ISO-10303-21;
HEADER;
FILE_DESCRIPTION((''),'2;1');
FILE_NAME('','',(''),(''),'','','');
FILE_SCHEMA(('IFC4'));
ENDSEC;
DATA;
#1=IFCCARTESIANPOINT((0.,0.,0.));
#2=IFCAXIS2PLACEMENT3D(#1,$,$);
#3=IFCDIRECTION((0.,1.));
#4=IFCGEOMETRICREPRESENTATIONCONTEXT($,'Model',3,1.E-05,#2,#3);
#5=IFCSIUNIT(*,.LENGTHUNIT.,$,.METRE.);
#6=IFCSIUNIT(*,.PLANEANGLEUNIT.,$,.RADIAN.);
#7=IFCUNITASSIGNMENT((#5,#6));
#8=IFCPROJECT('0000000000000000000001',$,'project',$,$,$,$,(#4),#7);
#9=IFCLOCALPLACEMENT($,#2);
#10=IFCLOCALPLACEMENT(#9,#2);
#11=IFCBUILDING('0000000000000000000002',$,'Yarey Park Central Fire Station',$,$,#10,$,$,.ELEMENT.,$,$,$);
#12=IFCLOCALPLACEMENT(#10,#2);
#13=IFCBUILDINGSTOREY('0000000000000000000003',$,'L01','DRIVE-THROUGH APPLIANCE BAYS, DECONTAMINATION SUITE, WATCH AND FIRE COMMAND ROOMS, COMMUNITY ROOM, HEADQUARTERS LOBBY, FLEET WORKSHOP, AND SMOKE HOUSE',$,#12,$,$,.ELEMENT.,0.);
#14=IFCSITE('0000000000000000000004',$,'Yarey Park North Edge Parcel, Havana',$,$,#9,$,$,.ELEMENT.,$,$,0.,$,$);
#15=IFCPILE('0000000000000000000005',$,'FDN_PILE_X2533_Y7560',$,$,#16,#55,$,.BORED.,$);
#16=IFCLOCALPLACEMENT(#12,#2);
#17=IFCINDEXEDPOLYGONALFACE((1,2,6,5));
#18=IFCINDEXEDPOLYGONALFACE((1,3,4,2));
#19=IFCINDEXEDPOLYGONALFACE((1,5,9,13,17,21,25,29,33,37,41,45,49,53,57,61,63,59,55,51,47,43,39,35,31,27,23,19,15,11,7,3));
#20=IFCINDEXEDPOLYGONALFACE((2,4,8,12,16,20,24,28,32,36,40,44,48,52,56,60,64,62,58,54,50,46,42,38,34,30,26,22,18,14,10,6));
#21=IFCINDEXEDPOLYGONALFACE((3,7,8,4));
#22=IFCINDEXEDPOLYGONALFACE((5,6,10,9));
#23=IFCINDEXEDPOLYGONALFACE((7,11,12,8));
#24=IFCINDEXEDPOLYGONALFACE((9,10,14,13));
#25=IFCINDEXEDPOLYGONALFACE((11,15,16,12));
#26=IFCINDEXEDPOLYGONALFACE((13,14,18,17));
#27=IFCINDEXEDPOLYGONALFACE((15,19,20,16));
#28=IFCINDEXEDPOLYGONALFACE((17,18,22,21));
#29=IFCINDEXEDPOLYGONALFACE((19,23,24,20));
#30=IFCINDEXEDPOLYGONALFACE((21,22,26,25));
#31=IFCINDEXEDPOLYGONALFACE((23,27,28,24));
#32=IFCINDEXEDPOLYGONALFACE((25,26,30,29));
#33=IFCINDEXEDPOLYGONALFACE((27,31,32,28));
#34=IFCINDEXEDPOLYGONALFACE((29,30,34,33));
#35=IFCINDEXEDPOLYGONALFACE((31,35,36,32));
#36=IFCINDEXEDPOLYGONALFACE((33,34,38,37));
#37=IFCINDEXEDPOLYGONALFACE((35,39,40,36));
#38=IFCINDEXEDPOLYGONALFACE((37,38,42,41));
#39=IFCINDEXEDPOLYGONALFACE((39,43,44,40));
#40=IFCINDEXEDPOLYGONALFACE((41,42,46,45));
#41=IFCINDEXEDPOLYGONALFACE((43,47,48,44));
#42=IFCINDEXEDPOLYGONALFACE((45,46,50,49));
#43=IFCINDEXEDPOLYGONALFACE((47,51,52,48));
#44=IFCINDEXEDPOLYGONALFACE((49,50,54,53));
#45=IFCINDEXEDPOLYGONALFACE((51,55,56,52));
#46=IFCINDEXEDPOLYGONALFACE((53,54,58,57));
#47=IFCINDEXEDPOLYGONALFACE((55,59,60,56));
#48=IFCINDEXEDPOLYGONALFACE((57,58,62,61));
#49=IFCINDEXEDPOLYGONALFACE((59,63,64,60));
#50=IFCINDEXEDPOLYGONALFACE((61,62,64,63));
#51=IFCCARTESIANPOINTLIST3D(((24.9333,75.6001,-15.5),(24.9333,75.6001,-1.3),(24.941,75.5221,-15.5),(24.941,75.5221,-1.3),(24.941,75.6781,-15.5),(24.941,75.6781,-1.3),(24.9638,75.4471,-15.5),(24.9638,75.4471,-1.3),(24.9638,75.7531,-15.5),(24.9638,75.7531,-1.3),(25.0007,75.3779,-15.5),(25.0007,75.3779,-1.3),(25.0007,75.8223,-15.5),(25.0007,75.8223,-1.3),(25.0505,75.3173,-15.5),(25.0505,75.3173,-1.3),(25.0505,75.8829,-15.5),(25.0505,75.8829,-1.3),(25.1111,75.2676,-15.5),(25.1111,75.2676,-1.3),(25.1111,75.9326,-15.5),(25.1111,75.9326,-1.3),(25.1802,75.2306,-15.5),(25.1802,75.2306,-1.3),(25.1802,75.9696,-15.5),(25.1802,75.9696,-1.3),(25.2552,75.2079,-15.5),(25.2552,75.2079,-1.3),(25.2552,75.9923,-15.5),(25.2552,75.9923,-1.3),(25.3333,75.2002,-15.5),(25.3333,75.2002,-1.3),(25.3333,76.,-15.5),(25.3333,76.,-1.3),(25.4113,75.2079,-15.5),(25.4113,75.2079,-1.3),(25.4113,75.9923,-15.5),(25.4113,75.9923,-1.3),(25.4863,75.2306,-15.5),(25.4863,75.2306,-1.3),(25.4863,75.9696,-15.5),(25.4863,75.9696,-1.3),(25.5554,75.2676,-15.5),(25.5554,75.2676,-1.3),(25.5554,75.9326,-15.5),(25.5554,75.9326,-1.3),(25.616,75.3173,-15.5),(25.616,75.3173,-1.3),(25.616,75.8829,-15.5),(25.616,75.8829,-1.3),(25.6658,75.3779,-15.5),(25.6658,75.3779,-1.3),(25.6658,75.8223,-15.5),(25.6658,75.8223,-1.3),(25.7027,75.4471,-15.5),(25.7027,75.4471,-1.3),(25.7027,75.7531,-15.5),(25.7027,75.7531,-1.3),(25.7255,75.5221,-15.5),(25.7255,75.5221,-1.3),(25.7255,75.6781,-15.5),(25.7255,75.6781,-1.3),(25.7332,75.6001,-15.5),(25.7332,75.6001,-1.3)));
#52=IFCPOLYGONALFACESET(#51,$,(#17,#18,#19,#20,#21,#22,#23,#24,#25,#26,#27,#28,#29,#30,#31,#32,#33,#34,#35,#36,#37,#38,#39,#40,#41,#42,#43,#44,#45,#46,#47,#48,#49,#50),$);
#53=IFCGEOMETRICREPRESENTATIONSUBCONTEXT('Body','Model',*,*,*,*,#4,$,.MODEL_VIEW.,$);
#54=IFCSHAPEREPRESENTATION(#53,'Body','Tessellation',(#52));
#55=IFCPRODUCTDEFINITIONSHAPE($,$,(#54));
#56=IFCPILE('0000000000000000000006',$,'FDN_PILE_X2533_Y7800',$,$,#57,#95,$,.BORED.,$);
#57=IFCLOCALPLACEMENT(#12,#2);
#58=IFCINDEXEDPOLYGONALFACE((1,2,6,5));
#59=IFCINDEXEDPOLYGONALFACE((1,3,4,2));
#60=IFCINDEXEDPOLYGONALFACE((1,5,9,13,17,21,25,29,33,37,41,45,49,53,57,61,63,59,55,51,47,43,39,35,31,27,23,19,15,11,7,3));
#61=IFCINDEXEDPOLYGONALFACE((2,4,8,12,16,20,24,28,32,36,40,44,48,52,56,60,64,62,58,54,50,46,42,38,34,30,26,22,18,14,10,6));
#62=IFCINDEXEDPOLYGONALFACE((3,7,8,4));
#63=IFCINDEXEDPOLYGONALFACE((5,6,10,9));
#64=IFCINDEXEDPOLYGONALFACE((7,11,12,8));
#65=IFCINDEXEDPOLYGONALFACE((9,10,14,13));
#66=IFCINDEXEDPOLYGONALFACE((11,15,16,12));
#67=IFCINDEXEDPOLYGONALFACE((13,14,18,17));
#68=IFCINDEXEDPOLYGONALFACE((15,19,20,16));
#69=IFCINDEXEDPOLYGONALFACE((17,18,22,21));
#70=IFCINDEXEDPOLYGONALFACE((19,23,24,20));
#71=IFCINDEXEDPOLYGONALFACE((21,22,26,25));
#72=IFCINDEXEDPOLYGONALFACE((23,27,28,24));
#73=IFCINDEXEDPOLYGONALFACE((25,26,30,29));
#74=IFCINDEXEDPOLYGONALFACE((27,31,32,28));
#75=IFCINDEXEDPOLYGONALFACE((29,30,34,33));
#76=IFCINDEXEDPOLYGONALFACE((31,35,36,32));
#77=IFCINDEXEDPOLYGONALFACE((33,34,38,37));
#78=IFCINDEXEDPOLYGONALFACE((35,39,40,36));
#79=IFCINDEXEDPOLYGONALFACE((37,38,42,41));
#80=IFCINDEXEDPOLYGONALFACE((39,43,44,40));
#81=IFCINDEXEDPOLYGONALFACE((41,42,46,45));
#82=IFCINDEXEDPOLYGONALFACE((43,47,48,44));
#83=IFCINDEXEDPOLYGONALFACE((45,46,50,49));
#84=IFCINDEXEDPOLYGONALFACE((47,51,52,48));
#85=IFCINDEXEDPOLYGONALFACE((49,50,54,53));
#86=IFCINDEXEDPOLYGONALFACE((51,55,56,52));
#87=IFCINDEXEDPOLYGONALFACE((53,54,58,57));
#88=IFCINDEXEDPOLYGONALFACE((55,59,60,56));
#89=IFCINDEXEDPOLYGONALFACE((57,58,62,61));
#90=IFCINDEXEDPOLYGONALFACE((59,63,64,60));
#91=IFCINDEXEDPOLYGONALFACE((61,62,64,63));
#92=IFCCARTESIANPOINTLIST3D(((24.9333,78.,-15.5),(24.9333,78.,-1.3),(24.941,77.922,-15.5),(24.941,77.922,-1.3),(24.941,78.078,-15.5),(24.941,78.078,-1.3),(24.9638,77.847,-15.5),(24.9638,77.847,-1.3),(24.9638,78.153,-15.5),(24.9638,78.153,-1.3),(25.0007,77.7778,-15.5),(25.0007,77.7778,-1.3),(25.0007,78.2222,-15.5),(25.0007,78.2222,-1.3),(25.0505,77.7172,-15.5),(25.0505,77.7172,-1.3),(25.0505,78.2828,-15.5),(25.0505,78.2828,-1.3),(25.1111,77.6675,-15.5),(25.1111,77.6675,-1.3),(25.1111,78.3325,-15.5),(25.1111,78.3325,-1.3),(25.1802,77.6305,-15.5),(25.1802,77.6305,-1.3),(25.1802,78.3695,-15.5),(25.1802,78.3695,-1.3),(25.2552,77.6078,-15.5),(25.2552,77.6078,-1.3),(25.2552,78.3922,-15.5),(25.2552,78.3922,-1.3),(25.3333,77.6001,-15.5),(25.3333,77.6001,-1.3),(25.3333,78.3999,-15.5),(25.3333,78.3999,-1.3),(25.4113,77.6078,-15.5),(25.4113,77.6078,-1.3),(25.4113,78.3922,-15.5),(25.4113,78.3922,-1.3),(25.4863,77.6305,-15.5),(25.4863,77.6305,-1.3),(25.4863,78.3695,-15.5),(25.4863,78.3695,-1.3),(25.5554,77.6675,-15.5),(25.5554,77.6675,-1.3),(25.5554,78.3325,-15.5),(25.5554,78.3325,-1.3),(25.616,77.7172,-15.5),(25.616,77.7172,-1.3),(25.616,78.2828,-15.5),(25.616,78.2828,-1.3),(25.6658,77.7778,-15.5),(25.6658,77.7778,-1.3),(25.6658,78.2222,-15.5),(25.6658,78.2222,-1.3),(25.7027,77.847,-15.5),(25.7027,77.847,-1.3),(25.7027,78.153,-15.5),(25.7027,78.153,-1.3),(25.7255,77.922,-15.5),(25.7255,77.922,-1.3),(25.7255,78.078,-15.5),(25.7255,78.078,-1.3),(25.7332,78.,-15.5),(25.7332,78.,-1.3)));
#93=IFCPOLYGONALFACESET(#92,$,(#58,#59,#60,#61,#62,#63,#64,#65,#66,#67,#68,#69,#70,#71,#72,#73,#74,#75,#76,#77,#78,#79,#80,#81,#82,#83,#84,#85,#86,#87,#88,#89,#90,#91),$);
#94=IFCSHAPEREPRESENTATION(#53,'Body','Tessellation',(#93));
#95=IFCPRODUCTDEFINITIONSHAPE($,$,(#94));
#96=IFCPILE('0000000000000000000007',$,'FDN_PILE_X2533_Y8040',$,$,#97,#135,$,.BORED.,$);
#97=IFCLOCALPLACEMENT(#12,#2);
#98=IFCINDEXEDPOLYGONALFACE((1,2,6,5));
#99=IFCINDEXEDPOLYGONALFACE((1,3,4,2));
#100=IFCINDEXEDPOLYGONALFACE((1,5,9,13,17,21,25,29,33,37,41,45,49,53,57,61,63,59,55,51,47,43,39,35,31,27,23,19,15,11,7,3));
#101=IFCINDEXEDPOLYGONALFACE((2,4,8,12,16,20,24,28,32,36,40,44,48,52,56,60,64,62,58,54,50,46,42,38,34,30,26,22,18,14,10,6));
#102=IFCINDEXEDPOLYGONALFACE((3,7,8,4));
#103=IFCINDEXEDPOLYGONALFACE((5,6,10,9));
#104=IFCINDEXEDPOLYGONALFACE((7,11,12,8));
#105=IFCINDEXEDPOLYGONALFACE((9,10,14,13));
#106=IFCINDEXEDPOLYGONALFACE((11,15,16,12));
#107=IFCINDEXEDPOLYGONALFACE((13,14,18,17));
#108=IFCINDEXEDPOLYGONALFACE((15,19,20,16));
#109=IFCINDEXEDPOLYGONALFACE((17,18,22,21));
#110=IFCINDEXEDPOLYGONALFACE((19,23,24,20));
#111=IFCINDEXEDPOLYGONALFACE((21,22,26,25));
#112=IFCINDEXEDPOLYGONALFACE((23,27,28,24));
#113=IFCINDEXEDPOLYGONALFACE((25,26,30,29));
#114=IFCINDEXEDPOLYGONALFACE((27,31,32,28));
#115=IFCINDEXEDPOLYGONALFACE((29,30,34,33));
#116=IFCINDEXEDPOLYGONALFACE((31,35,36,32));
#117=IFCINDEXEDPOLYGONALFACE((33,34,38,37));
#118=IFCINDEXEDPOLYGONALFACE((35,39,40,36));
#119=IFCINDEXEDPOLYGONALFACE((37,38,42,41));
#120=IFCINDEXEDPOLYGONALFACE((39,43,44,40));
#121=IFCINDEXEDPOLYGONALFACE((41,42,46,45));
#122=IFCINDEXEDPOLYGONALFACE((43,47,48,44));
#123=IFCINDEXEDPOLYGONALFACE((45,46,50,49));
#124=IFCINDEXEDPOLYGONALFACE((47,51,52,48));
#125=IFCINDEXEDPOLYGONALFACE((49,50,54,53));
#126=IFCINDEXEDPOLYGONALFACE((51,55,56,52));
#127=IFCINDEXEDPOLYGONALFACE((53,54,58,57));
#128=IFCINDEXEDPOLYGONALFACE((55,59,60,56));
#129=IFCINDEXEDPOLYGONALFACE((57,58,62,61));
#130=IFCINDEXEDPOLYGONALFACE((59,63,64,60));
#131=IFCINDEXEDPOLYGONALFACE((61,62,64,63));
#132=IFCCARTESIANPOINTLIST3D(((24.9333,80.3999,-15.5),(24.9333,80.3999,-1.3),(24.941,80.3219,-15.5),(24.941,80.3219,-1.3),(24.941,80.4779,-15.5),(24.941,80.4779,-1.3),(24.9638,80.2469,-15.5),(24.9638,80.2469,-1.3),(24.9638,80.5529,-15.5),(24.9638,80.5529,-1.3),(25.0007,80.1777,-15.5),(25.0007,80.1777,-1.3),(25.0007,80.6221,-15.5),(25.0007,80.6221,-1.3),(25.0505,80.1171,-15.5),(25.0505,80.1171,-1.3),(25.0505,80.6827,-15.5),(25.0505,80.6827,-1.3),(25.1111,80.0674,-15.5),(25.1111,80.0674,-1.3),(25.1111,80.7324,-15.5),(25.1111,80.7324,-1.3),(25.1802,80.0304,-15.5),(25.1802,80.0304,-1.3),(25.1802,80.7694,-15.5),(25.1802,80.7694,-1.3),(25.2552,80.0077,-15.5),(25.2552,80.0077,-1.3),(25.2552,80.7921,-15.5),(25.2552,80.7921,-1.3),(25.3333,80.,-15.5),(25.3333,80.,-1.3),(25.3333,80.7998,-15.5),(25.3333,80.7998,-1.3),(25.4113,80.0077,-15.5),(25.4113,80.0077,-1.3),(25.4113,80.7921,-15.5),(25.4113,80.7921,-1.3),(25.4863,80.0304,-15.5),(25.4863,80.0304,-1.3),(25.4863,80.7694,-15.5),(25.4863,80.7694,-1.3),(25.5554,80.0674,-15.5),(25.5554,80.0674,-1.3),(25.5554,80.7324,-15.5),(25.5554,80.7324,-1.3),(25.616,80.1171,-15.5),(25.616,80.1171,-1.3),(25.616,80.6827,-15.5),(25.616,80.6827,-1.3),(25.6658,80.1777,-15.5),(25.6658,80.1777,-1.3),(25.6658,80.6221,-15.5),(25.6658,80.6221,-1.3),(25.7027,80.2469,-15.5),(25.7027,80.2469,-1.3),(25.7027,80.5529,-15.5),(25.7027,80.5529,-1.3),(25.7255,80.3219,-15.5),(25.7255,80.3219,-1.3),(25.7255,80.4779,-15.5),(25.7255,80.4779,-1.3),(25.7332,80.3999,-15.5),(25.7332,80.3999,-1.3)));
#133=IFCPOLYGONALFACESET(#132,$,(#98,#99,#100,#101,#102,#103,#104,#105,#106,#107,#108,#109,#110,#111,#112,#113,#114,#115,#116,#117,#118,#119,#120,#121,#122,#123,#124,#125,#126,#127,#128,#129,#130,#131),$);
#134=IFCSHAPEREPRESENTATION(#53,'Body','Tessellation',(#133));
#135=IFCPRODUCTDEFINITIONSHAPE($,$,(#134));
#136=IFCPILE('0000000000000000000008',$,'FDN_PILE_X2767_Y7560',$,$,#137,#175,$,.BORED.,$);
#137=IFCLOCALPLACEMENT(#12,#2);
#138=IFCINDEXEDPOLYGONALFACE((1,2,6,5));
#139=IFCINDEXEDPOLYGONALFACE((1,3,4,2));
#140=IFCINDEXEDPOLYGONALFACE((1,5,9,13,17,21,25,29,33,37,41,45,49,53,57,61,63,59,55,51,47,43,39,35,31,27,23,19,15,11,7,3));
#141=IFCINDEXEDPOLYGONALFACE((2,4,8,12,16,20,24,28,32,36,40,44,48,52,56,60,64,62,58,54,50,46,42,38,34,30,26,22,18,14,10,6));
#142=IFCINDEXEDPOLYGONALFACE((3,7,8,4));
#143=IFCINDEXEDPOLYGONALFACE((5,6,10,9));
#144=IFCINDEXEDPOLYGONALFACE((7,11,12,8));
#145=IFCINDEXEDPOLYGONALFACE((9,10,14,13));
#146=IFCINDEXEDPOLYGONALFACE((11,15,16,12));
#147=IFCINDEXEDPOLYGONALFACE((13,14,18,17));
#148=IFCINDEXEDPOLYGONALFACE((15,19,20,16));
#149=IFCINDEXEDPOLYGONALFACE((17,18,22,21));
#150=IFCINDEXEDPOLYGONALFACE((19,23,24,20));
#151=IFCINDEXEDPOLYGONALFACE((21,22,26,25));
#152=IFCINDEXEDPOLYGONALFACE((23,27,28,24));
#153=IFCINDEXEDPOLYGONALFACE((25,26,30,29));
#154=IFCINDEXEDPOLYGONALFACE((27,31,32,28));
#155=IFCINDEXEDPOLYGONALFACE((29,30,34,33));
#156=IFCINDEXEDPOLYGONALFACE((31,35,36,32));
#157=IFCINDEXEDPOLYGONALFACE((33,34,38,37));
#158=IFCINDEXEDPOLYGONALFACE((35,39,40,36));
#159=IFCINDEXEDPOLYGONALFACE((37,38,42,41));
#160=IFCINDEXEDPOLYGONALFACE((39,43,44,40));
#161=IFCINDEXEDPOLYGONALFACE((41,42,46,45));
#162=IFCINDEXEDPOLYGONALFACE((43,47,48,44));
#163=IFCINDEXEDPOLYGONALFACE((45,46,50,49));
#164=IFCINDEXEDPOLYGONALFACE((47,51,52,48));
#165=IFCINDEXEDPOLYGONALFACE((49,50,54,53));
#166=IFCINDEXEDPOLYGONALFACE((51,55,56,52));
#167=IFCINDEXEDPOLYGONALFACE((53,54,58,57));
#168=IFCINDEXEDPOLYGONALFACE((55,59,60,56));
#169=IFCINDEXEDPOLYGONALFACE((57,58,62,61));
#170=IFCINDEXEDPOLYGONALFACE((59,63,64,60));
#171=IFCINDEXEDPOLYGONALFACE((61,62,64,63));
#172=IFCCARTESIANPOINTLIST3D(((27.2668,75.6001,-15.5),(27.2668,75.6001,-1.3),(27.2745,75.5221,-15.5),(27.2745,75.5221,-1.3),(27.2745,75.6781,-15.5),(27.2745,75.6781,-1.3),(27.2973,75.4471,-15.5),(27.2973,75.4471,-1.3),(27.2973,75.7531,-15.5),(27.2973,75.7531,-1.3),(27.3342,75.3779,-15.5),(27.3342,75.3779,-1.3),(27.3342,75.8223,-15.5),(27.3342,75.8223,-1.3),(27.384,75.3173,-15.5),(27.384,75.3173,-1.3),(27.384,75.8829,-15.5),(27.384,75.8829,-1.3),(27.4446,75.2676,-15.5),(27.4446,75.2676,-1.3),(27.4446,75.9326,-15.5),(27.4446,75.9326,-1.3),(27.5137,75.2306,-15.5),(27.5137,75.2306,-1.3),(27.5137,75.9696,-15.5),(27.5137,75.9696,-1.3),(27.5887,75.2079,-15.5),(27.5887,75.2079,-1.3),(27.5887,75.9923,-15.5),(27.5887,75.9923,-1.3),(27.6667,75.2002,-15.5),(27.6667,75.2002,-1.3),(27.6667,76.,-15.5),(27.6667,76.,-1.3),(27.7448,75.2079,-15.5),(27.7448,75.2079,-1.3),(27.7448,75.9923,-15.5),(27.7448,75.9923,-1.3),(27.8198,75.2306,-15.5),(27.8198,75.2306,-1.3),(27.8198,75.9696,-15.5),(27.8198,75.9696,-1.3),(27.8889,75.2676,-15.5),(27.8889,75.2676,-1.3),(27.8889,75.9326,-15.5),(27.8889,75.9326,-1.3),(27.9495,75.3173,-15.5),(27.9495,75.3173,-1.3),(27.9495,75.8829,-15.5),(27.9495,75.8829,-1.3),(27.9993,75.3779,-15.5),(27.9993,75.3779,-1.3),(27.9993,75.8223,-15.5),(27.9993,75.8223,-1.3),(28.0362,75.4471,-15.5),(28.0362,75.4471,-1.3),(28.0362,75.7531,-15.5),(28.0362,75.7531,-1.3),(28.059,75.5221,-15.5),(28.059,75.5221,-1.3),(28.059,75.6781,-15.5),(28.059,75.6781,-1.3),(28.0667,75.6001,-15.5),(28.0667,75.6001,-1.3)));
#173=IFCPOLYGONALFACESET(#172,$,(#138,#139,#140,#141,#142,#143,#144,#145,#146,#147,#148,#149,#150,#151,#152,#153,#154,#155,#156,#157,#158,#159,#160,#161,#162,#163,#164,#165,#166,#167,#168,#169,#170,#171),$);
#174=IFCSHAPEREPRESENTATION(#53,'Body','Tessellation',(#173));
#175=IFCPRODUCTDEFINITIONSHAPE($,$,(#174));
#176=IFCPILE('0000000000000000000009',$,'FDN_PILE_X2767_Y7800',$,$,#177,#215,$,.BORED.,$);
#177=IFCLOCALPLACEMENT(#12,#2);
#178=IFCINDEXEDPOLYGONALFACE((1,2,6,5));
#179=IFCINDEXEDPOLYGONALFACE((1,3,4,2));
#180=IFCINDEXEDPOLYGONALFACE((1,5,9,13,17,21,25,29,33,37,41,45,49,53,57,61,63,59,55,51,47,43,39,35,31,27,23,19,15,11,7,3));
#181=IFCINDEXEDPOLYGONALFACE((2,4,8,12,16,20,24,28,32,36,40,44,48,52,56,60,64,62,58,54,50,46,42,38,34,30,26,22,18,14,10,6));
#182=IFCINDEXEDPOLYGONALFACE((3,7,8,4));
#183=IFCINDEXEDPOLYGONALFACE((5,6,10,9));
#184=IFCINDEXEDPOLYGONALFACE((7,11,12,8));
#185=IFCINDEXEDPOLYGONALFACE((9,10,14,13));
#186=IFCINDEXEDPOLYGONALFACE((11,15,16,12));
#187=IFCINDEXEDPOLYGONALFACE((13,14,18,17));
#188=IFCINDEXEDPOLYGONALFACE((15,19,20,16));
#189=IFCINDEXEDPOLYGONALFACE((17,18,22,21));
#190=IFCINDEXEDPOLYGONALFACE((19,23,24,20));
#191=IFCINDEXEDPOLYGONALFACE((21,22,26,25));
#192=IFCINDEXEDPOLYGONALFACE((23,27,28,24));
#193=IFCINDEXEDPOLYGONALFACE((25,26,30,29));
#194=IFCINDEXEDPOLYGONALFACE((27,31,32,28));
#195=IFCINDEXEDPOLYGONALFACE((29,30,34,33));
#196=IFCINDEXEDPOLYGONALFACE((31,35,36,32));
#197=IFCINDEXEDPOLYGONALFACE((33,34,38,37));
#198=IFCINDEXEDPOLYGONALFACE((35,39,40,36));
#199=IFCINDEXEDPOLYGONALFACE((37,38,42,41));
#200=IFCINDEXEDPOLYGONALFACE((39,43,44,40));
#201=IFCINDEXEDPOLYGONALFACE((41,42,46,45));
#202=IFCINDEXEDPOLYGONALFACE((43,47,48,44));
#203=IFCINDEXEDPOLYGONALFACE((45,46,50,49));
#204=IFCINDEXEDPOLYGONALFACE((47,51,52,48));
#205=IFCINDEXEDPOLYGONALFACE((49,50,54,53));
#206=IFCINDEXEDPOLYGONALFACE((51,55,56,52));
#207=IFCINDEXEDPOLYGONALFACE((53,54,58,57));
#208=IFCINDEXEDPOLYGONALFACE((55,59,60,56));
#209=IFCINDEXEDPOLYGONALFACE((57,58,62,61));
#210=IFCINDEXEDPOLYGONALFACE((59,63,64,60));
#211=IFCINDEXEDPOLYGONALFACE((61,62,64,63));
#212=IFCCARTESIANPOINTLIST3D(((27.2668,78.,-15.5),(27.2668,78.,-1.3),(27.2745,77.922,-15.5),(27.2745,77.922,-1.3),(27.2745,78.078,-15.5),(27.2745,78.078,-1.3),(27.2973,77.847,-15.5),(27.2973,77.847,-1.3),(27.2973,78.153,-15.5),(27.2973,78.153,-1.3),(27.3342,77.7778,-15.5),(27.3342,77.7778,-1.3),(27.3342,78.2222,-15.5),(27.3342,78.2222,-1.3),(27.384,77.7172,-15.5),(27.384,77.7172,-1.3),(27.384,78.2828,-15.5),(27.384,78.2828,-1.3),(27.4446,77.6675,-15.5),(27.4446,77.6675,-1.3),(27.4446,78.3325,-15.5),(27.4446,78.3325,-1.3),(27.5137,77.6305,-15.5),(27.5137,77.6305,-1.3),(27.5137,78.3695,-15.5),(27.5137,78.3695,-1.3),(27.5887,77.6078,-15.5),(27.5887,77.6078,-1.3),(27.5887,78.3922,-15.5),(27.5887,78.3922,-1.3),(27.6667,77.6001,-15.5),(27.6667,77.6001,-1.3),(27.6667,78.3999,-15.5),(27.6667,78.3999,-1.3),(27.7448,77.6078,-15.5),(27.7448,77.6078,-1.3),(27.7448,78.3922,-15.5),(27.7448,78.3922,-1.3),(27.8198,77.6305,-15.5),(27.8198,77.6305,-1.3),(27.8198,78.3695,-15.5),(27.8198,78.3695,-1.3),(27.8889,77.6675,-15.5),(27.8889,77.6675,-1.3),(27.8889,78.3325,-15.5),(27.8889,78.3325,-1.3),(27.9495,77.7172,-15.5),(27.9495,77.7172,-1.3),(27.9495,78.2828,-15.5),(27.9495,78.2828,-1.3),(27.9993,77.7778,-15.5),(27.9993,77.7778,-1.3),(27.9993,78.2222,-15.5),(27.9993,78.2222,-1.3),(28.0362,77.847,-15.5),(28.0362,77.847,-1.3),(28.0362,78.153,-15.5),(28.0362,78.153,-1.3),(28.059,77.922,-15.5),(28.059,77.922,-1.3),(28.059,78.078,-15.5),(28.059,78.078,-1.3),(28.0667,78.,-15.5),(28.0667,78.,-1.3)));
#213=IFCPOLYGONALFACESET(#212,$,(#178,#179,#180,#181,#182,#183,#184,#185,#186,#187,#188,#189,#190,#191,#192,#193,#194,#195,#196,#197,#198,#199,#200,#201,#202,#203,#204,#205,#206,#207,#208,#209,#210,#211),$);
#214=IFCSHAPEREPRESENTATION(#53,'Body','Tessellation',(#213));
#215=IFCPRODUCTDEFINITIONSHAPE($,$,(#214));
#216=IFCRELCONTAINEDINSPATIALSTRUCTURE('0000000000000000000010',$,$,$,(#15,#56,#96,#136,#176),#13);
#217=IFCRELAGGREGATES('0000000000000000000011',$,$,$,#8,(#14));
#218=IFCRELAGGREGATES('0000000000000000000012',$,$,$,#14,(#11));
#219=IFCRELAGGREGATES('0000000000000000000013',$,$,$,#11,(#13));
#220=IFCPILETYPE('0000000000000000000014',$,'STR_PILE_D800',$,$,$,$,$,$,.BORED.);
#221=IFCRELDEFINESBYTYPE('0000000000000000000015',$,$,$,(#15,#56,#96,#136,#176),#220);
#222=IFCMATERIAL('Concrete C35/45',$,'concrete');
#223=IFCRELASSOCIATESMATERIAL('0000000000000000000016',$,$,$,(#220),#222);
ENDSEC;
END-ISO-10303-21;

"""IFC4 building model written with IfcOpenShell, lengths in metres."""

from ifc_helpers import new_model, si_unit, direction, frame, origin, origin_2d, place, context, subcontext, project, spatial, circle, extrude, material, material_profile, profile_set, type_object, element, save


model = new_model("IFC4")

# Units and contexts
model_context = context("Model", 3, precision=1e-05, world=origin(), true_north=direction((0.0, 1.0)))
body_context = subcontext(model_context, "Body", "Model", "MODEL_VIEW")
ifc_project = project(units=[si_unit("LENGTHUNIT", "METRE"), si_unit("PLANEANGLEUNIT", "RADIAN")], contexts=[model_context])

# Site, building, storey
site_placement = place(None, origin())
site = spatial("IfcSite", under=ifc_project, at=site_placement, Name="Yarey Park North Edge Parcel, Havana", CompositionType="ELEMENT", RefElevation=0.0)
building_placement = place(site_placement, origin())
building = spatial("IfcBuilding", under=site, at=building_placement, Name="Yarey Park Central Fire Station", CompositionType="ELEMENT")
storey_placement = place(building_placement, origin())
storey = spatial("IfcBuildingStorey", under=building, at=storey_placement, Name="L01", Description="DRIVE-THROUGH APPLIANCE BAYS, DECONTAMINATION SUITE, WATCH AND FIRE COMMAND ROOMS, COMMUNITY ROOM, HEADQUARTERS LOBBY, FLEET WORKSHOP, AND SMOKE HOUSE", CompositionType="ELEMENT", Elevation=0.0)

# Shared definitions
ifc_material_1 = material(Name="Concrete C35/45", Category="concrete")

# Piles
ifc_material_profile_1 = material_profile(ifc_material_1, circle(Radius=0.3999, at=origin_2d()), Name="BORED PILE D800")
ifc_profile_set_1 = profile_set([ifc_material_profile_1], Name="Concrete C35/45")
pile_type = type_object("IfcPileType", Name="STR_PILE_D800", PredefinedType="BORED", material=ifc_profile_set_1)
for number, where, z_axis, x_axis, name in (
    (1, (25.3333, 75.6001, -1.3), (0.0, 0.0, -1.0), (1.0, 0.0, 0.0), "FDN_PILE_X2533_Y7560"),
    (2, (25.3333, 78.0, -1.3), (0.0, 0.0, -1.0), (1.0, 0.0, 0.0), "FDN_PILE_X2533_Y7800"),
    (3, (25.3333, 80.3999, -1.3), (0.0, 0.0, -1.0), (1.0, 0.0, 0.0), "FDN_PILE_X2533_Y8040"),
    (4, (27.6667, 75.6001, -1.3), (0.0, 0.0, -1.0), (1.0, 0.0, 0.0), "FDN_PILE_X2767_Y7560"),
    (5, (27.6667, 78.0, -1.3), (0.0, 0.0, -1.0), (1.0, 0.0, 0.0), "FDN_PILE_X2767_Y7800"),
):
    element("IfcPile", number, at=place(storey_placement, frame(where, z_axis=z_axis, x_axis=x_axis)), inside=storey, type_object=pile_type, Name=name, PredefinedType="BORED", context=body_context, shape_type="SweptSolid", body=[
        extrude(circle(Radius=0.3999, at=origin_2d()), origin(), (0.0, 0.0, 1.0), 14.2),
    ])

save(model, "model.ifc")
